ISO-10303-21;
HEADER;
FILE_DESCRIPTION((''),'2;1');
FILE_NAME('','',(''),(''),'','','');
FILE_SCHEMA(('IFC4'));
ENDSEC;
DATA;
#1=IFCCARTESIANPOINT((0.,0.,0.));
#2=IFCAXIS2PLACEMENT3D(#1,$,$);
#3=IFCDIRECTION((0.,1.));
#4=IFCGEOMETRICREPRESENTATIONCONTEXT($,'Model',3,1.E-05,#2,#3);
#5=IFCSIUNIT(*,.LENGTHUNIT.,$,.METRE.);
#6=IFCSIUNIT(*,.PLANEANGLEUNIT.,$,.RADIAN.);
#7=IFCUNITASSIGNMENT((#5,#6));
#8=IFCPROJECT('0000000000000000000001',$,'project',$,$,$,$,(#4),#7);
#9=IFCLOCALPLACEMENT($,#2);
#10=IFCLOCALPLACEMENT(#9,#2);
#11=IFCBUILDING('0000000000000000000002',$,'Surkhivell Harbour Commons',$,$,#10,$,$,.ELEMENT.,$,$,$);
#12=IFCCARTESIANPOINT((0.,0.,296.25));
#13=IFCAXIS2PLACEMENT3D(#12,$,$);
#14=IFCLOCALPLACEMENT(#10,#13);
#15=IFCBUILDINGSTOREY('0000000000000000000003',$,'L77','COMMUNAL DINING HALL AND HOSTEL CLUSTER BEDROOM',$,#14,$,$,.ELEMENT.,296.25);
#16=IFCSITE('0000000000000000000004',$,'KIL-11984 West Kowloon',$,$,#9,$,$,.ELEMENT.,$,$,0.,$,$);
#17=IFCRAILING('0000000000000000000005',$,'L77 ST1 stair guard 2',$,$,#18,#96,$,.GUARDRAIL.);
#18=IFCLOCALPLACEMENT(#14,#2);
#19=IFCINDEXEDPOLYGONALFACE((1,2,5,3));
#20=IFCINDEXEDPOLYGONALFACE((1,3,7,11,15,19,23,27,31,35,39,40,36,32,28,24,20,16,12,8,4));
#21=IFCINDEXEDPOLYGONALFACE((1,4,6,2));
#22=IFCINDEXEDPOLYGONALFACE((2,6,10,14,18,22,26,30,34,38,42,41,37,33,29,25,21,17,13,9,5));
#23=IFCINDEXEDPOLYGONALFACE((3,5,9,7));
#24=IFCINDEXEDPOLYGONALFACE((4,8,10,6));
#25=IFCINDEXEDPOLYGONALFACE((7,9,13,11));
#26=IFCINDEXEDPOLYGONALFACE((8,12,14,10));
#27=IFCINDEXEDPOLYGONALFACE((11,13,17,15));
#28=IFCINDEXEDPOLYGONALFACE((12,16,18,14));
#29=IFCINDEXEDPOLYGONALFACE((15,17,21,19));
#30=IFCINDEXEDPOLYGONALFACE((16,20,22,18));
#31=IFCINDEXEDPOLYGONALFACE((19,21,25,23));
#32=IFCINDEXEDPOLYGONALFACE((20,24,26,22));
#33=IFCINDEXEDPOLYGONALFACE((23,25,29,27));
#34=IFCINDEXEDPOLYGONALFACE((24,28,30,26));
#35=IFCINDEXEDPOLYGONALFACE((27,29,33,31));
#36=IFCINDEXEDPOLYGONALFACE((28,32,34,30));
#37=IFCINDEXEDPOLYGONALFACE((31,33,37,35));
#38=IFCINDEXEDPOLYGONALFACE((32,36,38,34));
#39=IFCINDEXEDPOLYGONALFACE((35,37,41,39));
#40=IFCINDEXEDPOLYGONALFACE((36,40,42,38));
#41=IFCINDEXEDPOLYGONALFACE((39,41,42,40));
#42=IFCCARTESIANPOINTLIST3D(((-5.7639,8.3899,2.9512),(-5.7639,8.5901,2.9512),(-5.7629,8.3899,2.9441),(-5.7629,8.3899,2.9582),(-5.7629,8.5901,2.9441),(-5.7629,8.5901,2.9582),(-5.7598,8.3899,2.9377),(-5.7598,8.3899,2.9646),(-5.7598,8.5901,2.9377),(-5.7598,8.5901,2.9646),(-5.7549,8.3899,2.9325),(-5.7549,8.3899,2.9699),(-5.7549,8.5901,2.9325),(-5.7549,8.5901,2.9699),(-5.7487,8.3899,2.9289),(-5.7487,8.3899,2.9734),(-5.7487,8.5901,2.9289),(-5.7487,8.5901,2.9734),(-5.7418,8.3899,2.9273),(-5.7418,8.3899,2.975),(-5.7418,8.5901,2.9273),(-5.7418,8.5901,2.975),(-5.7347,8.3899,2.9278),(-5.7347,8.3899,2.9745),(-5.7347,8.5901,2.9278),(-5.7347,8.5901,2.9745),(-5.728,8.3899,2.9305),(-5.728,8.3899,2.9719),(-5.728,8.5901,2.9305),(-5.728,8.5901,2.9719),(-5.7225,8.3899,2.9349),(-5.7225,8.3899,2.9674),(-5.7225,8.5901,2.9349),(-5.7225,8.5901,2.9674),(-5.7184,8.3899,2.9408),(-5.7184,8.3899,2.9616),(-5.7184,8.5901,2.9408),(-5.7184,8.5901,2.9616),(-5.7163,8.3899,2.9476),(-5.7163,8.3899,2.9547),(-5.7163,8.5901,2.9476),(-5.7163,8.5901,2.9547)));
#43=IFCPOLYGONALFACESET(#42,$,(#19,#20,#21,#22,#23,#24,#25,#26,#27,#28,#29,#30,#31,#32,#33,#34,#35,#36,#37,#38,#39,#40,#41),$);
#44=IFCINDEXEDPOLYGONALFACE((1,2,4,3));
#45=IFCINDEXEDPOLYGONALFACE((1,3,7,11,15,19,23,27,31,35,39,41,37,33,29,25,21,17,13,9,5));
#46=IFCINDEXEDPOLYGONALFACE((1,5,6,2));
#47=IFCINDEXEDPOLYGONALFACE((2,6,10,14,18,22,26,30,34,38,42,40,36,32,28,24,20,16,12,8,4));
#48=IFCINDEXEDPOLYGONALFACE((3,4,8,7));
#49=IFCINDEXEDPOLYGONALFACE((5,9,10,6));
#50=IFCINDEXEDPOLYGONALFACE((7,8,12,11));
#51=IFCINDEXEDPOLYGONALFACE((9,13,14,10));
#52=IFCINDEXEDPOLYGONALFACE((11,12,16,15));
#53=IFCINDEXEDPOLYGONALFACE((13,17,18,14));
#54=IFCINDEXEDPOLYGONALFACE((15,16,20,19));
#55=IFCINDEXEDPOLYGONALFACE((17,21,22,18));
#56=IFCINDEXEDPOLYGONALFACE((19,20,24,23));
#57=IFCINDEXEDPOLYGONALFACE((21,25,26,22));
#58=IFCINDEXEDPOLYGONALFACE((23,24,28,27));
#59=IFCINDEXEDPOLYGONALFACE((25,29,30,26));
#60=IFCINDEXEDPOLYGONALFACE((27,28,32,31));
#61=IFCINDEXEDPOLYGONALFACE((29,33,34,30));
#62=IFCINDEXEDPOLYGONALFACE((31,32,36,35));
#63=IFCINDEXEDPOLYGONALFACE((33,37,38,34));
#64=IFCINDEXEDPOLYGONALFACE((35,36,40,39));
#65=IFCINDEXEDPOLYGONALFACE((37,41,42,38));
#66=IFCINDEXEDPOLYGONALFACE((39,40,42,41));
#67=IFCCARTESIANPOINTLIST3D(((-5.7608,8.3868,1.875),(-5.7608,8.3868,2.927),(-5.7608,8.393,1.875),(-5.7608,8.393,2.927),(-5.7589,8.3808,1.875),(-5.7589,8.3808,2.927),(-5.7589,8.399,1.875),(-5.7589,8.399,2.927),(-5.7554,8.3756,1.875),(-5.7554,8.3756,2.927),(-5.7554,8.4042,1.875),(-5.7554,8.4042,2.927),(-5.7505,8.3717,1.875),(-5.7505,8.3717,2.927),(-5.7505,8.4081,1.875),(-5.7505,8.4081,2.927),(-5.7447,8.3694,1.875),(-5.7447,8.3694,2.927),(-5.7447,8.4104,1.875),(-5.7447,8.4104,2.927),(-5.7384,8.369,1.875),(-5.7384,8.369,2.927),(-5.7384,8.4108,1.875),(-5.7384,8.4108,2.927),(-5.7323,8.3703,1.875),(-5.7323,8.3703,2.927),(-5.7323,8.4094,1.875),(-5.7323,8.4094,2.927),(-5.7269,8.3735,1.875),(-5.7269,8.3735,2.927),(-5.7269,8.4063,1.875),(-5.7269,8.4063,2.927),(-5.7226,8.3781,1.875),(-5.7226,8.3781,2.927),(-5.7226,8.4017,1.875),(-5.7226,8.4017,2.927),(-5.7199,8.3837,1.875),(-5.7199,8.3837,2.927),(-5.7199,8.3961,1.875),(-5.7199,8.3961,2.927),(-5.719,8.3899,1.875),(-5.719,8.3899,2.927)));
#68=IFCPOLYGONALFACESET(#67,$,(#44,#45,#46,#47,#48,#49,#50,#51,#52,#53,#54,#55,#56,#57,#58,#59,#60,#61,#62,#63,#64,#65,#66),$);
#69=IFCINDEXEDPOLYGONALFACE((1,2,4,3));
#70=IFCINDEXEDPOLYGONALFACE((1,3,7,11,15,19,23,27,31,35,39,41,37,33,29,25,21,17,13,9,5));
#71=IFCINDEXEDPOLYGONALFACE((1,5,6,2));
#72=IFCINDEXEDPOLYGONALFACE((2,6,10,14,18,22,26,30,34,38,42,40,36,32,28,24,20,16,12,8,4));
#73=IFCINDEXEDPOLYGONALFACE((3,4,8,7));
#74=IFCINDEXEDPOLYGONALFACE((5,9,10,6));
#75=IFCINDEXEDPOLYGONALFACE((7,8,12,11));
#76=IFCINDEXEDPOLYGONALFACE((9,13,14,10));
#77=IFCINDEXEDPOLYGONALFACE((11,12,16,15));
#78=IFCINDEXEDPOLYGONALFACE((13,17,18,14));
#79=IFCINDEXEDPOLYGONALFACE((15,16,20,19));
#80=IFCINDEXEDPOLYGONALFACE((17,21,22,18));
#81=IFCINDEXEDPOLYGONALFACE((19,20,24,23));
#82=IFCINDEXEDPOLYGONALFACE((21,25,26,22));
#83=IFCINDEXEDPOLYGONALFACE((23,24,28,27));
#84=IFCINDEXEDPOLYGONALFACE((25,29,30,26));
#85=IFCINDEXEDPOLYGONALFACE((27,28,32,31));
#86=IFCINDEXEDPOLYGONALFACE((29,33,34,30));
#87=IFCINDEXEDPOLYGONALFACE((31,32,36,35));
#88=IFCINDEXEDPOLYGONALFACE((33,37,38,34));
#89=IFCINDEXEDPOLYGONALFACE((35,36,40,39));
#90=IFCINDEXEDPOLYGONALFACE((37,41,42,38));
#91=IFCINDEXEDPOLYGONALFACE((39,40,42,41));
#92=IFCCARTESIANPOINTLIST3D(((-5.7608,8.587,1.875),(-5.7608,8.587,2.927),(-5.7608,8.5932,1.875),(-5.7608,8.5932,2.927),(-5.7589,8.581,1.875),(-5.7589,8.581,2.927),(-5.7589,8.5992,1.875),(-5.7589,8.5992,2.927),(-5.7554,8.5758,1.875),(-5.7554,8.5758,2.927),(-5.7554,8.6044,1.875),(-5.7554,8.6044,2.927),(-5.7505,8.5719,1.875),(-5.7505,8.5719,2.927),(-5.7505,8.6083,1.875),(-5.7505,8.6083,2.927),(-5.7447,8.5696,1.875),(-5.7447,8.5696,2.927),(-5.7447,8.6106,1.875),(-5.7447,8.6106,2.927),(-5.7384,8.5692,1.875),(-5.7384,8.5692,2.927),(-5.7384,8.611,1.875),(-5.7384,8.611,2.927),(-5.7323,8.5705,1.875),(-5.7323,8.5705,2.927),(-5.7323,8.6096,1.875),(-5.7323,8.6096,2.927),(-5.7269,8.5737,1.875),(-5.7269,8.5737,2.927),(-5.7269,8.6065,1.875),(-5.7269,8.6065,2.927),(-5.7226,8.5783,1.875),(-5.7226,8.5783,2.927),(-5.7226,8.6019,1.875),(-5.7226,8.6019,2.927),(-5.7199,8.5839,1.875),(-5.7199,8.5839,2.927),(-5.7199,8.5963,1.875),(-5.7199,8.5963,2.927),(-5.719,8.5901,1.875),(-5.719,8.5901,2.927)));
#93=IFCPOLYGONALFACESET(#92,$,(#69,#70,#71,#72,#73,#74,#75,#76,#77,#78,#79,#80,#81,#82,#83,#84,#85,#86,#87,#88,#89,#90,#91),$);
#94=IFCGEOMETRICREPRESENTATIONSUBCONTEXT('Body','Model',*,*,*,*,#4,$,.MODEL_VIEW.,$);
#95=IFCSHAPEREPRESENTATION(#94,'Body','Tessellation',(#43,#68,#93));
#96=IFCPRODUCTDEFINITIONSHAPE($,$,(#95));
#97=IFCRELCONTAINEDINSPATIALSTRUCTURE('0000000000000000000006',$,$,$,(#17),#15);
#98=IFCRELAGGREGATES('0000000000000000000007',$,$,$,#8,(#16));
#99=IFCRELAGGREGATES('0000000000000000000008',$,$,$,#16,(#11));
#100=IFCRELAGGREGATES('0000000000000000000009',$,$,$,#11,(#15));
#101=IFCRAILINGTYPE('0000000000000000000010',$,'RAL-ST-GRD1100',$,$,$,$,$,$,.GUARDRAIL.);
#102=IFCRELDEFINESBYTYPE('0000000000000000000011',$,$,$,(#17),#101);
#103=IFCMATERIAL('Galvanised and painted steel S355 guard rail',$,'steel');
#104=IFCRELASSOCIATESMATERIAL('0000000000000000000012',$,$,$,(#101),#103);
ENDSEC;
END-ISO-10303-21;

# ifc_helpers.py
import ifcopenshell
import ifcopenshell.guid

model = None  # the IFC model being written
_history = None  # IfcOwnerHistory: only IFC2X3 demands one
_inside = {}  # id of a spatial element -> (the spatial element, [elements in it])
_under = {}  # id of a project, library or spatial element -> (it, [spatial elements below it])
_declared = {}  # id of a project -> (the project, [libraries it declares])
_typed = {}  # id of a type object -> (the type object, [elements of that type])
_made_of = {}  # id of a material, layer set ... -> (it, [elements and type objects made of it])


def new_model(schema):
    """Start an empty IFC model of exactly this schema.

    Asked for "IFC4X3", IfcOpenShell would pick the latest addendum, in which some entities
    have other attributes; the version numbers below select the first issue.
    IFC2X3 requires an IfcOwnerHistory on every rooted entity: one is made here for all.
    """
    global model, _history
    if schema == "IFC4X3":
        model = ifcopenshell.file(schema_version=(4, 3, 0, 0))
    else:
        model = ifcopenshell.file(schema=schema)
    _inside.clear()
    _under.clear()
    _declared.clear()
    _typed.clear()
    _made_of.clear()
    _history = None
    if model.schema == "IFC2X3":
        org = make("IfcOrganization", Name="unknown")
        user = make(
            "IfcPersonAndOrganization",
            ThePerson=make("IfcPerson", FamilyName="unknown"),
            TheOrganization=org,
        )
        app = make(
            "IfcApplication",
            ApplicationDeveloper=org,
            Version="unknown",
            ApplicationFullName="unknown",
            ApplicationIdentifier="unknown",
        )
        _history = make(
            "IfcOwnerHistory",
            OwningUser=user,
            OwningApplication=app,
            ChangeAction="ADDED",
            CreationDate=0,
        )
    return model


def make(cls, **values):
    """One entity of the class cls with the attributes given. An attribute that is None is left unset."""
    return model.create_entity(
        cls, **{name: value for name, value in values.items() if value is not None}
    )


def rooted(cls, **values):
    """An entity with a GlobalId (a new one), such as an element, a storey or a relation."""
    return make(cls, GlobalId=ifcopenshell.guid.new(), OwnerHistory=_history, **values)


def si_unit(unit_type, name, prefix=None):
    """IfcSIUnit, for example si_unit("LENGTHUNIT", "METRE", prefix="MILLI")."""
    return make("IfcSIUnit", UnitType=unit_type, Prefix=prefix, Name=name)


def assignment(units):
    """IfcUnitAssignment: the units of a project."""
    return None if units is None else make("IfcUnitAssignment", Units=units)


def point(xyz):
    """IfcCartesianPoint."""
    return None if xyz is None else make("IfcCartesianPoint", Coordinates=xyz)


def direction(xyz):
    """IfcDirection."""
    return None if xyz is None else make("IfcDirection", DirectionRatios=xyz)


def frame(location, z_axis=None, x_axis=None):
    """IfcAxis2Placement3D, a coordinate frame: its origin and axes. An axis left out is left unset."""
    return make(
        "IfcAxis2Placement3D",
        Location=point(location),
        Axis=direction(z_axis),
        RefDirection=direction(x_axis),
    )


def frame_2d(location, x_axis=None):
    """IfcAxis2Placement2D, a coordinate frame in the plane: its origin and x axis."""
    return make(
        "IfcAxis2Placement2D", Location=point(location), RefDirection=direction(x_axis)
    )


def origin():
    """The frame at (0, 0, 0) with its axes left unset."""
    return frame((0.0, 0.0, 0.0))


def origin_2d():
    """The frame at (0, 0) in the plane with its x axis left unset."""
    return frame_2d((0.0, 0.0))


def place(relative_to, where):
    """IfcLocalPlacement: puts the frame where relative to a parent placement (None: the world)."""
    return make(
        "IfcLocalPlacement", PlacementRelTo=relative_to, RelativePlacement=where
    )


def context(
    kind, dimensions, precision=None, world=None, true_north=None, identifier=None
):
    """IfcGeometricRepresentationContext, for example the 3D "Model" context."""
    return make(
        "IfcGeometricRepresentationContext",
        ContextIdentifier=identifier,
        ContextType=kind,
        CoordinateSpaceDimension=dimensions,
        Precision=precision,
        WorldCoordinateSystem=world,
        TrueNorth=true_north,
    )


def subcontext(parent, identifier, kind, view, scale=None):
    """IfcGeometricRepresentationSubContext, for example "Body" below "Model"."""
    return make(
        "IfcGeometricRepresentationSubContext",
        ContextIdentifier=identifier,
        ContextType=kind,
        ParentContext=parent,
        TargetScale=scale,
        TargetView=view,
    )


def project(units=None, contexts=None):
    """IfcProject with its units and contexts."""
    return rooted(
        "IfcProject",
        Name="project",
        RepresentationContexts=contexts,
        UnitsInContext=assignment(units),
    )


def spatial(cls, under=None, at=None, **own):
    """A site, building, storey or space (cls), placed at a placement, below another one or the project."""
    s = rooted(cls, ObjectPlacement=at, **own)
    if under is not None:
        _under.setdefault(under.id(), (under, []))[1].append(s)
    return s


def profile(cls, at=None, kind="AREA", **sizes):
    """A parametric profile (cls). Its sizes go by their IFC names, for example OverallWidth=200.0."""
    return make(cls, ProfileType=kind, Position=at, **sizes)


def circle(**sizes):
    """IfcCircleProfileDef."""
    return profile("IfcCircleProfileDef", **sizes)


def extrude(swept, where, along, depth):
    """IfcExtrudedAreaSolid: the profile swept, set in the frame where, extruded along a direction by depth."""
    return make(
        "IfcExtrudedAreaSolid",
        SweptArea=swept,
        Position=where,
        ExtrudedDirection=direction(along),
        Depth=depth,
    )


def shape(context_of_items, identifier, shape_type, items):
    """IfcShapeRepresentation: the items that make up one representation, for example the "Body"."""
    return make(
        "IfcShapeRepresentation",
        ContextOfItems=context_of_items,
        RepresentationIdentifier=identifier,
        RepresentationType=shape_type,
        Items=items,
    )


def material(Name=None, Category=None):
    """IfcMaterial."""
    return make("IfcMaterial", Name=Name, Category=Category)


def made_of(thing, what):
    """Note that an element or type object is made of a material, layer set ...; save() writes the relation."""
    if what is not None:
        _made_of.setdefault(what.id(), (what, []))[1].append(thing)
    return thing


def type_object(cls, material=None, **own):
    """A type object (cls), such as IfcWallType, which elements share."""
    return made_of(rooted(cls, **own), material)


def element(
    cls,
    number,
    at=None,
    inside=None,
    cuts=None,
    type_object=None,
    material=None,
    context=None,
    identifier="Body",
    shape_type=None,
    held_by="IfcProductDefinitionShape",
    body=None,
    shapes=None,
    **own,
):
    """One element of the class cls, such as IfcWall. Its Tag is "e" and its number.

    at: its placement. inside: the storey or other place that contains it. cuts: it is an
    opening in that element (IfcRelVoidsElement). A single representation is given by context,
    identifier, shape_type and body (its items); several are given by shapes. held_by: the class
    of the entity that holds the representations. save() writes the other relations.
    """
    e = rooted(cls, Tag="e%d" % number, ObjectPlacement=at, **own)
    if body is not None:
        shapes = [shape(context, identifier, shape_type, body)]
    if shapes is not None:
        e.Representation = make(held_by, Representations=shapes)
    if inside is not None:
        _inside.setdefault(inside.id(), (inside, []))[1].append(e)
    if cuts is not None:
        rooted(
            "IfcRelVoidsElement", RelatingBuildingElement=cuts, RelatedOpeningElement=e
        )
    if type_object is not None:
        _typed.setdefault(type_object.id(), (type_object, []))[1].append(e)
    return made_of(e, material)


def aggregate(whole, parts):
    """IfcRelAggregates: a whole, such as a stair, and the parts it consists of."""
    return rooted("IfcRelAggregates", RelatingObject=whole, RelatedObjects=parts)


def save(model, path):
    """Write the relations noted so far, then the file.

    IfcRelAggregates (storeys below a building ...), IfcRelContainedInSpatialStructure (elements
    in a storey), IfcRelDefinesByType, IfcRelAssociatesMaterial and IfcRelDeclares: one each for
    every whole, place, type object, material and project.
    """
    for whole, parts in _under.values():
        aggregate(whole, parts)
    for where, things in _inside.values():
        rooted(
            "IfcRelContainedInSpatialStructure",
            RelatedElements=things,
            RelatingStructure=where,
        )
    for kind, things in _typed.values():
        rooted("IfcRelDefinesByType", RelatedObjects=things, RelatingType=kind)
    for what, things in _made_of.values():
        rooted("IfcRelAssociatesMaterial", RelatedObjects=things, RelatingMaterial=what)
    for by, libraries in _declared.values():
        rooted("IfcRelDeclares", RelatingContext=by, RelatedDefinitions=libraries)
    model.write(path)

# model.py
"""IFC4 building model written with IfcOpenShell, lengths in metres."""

from ifc_helpers import new_model, si_unit, direction, frame, origin, origin_2d, place, context, subcontext, project, spatial, circle, extrude, material, type_object, element, save


model = new_model("IFC4")

# Units and contexts
model_context = context("Model", 3, precision=1e-05, world=origin(), true_north=direction((0.0, 1.0)))
body_context = subcontext(model_context, "Body", "Model", "MODEL_VIEW")
ifc_project = project(units=[si_unit("LENGTHUNIT", "METRE"), si_unit("PLANEANGLEUNIT", "RADIAN")], contexts=[model_context])

# Site, building, storey
site_placement = place(None, origin())
site = spatial("IfcSite", under=ifc_project, at=site_placement, Name="KIL-11984 West Kowloon", CompositionType="ELEMENT", RefElevation=0.0)
building_placement = place(site_placement, origin())
building = spatial("IfcBuilding", under=site, at=building_placement, Name="Surkhivell Harbour Commons", CompositionType="ELEMENT")
storey_placement = place(building_placement, frame((0.0, 0.0, 296.25)))
storey = spatial("IfcBuildingStorey", under=building, at=storey_placement, Name="L77", Description="COMMUNAL DINING HALL AND HOSTEL CLUSTER BEDROOM", CompositionType="ELEMENT", Elevation=296.25)

# Railing
ifc_material_1 = material(Name="Galvanised and painted steel S355 guard rail", Category="steel")
railing_type_1 = type_object("IfcRailingType", Name="RAL-ST-GRD1100", PredefinedType="GUARDRAIL", material=ifc_material_1)
railing_1_placement = place(storey_placement, frame((-5.74, 8.3899, 1.875)))
element("IfcRailing", 1, at=railing_1_placement, inside=storey, type_object=railing_type_1, Name="L77 ST1 stair guard 2", PredefinedType="GUARDRAIL", context=body_context, shape_type="SweptSolid", body=[
    extrude(circle(Radius=0.0239, at=origin_2d()), frame((0.0, 0.0, 1.0762), z_axis=(0.0, 1.0, 0.0), x_axis=(-1.0, 0.0, 0.0)), (0.0, 0.0, 1.0), 0.2002),
    extrude(circle(Radius=0.021, at=origin_2d()), origin(), (0.0, 0.0, 1.0), 1.052),
    extrude(circle(Radius=0.021, at=origin_2d()), frame((0.0, 0.2002, 0.0)), (0.0, 0.0, 1.0), 1.052),
])

save(model, "model.ifc")
